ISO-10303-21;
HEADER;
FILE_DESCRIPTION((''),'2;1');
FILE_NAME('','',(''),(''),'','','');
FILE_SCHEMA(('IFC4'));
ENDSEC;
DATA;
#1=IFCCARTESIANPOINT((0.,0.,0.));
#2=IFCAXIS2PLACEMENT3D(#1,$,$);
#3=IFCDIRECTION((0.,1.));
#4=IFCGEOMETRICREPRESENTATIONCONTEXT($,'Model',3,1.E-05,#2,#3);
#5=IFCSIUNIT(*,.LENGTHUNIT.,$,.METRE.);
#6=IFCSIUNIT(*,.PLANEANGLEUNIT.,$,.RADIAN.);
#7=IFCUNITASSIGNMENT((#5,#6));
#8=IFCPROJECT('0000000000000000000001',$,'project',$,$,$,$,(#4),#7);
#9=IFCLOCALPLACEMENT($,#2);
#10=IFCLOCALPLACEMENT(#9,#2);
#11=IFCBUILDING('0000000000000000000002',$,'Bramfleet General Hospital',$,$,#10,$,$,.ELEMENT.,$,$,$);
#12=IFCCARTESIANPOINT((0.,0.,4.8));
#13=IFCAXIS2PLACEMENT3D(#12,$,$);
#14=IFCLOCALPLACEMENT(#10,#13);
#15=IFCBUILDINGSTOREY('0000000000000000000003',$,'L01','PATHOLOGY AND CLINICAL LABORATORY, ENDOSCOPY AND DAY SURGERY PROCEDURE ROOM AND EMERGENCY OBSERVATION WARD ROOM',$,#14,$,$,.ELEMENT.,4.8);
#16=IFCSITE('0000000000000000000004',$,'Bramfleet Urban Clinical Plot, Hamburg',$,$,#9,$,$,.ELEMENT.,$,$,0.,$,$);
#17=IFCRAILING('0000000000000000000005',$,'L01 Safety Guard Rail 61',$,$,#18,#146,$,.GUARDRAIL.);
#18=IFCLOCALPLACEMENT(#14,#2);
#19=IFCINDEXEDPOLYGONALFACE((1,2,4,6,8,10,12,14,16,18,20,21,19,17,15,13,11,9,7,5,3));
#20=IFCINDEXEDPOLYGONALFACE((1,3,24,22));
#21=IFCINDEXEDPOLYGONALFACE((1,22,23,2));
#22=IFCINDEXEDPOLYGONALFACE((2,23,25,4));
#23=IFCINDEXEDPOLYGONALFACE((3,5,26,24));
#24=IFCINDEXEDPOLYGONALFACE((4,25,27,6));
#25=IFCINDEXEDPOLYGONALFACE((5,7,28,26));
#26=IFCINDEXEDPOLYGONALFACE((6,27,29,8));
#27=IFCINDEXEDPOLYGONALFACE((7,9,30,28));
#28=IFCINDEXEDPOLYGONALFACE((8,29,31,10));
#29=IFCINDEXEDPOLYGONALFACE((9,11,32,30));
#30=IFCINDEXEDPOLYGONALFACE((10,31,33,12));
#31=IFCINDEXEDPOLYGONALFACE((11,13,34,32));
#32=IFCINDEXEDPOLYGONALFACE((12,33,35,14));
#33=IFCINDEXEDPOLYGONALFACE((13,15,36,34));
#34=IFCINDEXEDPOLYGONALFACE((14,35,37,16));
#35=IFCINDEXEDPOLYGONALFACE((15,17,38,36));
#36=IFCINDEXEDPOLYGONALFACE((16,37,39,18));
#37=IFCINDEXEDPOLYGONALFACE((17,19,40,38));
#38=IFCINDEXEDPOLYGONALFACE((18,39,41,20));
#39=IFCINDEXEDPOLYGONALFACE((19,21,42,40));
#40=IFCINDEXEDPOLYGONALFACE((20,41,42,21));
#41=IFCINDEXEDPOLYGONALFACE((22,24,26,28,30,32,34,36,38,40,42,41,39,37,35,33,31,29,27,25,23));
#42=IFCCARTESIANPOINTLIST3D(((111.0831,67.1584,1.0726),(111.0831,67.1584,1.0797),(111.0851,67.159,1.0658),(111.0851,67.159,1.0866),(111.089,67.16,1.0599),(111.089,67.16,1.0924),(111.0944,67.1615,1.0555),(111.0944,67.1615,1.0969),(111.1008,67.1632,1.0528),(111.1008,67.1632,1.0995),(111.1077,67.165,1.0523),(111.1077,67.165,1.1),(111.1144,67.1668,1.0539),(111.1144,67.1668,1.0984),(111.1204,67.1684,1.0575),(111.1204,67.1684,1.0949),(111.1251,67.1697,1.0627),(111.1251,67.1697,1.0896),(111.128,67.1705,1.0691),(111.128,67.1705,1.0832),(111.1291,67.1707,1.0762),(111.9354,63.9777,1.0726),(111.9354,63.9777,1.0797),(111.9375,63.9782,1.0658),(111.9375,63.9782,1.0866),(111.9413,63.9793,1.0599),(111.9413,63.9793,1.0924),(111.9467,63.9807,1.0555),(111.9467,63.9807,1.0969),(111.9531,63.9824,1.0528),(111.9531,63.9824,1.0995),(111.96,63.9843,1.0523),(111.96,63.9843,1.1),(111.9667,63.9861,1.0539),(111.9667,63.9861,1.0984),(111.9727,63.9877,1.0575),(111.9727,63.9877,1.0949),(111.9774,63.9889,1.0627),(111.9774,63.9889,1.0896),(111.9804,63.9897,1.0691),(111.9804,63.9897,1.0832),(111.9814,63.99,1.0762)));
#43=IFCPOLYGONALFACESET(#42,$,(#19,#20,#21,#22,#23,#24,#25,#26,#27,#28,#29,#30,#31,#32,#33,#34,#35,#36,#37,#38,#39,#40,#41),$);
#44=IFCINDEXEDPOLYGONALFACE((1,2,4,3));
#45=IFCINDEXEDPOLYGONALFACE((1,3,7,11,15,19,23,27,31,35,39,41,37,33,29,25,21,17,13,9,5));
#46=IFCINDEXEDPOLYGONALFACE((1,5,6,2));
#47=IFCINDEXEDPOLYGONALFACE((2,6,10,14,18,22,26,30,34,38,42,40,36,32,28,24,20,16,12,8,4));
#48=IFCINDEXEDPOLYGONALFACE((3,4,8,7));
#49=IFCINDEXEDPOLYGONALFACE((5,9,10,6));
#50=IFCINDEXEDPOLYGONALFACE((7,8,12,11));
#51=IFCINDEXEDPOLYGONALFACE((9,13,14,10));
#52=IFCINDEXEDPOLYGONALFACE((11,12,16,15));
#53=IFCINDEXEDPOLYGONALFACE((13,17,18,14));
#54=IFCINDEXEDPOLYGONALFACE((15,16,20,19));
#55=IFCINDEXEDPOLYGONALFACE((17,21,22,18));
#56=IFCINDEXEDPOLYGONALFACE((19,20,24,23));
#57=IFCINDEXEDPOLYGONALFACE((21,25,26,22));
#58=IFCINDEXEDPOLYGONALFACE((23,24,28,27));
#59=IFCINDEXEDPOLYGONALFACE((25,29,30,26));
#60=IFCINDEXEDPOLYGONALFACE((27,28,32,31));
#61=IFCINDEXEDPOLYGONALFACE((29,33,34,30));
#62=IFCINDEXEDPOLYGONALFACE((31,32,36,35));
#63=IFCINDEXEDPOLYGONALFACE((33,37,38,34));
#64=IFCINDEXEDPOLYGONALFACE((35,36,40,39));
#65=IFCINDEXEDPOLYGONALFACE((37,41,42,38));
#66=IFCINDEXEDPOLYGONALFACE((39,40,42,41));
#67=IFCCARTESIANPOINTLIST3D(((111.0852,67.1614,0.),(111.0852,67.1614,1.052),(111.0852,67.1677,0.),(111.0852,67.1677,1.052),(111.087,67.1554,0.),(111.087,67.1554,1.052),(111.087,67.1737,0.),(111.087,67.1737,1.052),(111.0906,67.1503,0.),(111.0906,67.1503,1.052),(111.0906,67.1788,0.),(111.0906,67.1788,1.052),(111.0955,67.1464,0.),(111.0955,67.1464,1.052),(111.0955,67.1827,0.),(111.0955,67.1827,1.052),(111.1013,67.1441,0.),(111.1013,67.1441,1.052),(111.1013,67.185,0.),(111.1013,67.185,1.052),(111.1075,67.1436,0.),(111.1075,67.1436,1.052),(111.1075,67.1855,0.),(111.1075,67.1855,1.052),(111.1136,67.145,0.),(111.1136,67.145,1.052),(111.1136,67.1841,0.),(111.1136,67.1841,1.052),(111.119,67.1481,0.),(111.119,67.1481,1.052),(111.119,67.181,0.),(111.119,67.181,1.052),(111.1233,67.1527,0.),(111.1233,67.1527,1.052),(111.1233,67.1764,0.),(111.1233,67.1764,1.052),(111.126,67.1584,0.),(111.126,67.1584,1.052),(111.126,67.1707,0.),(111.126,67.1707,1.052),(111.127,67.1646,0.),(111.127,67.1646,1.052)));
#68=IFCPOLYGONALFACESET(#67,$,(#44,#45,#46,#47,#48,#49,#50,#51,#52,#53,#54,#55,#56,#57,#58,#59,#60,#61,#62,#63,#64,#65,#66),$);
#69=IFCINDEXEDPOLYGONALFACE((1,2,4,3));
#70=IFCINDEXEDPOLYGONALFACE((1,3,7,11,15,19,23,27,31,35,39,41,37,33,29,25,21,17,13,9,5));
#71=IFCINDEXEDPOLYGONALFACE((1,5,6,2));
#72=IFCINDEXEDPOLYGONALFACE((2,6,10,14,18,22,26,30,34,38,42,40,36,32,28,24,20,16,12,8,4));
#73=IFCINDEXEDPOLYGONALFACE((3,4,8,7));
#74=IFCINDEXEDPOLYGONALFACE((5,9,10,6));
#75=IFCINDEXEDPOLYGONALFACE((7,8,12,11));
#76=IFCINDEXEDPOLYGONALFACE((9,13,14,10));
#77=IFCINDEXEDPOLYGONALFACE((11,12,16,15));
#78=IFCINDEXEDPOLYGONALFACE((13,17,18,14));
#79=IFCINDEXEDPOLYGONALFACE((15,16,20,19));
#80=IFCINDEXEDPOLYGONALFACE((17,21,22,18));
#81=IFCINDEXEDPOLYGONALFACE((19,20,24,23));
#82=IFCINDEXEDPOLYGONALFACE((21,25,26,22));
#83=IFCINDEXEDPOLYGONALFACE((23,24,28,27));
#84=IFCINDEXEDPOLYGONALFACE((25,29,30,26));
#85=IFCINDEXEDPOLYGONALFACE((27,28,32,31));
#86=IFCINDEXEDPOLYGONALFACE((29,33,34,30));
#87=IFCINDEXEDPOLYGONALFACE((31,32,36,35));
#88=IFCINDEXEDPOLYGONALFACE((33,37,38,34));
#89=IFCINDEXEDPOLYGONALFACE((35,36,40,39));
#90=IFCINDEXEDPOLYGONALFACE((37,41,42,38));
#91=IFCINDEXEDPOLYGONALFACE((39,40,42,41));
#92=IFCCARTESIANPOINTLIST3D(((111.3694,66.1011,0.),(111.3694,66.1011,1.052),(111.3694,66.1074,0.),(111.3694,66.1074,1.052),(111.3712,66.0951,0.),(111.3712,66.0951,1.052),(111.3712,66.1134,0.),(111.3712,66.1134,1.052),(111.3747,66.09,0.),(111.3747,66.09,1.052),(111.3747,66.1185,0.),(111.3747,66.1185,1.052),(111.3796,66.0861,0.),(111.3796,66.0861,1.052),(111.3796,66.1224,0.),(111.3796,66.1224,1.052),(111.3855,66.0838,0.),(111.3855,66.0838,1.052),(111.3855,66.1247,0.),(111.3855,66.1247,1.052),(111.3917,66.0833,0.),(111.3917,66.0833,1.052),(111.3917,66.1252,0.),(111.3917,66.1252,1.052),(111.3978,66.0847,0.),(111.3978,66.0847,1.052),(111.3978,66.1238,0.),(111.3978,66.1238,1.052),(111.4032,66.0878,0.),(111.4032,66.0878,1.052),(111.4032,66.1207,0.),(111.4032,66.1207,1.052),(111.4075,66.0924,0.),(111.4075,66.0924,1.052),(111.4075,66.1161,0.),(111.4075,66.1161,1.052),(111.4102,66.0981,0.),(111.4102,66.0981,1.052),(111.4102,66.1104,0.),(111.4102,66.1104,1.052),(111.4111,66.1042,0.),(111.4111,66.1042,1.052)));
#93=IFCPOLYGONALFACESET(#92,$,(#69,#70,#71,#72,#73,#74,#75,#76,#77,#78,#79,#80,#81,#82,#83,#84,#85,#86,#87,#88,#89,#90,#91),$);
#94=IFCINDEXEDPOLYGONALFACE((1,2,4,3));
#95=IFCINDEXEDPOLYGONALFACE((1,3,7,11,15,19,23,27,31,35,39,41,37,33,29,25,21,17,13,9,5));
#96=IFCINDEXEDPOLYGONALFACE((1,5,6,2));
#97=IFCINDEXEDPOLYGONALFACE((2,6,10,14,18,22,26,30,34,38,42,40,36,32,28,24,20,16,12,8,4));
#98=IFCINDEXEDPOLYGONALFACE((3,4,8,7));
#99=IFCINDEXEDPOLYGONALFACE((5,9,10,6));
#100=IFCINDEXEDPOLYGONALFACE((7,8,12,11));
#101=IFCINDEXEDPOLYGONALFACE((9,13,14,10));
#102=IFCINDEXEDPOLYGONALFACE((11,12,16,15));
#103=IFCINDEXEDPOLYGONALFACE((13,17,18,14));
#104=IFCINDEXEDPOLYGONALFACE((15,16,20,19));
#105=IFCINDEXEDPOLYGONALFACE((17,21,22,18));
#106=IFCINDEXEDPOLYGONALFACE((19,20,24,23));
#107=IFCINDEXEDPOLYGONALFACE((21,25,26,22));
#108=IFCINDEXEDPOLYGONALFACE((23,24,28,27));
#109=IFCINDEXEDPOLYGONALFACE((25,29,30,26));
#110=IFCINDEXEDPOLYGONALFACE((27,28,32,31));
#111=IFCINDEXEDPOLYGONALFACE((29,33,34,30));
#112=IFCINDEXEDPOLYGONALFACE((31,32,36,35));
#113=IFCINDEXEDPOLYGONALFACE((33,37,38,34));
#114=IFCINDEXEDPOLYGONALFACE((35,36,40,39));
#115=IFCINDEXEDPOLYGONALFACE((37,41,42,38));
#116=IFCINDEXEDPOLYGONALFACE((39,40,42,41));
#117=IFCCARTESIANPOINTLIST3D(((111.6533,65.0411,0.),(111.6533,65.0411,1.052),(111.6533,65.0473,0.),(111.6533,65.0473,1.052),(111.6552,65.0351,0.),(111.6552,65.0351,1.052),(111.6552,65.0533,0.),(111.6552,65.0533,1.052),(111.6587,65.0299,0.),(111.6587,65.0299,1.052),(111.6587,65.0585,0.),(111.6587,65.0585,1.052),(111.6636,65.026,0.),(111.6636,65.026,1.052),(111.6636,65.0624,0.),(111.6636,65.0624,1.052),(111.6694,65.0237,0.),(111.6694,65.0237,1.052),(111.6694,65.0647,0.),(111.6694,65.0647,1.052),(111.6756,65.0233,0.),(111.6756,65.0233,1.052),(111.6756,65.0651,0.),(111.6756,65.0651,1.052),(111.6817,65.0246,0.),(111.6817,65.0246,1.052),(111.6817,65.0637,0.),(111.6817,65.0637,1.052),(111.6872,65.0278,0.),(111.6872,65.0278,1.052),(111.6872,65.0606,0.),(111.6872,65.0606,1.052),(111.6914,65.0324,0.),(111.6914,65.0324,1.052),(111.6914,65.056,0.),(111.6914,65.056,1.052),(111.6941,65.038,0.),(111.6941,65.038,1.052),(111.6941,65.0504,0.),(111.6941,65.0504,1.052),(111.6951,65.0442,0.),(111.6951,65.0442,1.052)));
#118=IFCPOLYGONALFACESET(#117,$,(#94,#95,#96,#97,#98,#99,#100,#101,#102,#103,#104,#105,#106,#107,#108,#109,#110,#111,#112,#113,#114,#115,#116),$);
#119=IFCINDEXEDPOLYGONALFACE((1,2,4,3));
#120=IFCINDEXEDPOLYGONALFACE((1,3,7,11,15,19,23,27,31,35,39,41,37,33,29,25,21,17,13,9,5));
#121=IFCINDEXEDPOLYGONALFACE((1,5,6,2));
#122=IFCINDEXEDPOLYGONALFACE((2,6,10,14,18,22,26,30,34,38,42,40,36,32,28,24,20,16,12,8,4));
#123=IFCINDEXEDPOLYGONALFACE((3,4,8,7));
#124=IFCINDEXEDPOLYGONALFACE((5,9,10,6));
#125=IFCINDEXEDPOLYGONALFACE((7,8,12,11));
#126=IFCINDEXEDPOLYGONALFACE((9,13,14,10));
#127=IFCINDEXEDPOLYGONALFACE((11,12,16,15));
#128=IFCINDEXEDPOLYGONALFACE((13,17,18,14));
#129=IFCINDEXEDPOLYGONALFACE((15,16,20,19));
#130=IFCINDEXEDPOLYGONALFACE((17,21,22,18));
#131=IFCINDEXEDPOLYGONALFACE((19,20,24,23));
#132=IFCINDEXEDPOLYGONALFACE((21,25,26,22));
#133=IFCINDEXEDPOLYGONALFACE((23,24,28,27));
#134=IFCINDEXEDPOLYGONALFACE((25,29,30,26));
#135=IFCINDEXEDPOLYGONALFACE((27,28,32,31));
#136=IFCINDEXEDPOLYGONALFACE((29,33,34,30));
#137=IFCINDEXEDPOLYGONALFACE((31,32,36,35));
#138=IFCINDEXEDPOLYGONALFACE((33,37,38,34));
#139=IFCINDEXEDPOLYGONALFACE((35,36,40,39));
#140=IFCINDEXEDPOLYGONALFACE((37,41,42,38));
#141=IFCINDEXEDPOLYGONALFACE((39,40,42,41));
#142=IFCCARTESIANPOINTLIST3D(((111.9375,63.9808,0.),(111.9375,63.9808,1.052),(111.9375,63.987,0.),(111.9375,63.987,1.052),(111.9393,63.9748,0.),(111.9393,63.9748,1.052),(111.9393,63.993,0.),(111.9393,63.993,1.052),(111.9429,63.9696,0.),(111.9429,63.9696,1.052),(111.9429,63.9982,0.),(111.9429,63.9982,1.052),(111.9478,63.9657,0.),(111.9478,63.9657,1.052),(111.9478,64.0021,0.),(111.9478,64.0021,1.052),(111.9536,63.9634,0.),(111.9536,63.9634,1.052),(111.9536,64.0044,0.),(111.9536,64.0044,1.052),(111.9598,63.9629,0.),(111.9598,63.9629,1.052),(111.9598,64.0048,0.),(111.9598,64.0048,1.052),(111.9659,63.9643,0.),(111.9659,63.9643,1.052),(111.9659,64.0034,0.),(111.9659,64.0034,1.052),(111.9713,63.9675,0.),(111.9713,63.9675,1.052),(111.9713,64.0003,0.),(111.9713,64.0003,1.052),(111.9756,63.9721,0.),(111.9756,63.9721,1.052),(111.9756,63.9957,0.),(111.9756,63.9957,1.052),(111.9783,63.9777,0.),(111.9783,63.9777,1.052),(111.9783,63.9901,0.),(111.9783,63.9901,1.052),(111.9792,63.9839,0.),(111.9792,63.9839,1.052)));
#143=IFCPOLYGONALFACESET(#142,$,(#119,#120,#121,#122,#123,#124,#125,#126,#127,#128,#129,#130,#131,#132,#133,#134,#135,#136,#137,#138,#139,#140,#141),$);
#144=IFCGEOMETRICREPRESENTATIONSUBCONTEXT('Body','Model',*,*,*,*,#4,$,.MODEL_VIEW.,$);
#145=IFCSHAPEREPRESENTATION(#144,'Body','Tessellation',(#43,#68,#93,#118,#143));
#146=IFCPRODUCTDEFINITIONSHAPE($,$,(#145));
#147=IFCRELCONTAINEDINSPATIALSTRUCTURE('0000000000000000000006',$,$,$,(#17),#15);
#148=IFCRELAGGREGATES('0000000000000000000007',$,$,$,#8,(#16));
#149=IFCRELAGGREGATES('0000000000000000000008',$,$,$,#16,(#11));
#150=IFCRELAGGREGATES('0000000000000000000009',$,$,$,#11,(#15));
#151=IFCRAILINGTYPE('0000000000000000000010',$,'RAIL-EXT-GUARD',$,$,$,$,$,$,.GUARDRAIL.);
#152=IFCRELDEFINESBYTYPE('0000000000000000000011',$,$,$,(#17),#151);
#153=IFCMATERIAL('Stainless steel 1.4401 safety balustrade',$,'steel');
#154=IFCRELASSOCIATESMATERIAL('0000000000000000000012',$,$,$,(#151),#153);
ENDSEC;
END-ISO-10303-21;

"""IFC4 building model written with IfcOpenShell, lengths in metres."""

from ifc_helpers import new_model, si_unit, direction, frame, origin, origin_2d, place, context, subcontext, project, spatial, circle, extrude, material, type_object, element, save


model = new_model("IFC4")

# Units and contexts
model_context = context("Model", 3, precision=1e-05, world=origin(), true_north=direction((0.0, 1.0)))
body_context = subcontext(model_context, "Body", "Model", "MODEL_VIEW")
ifc_project = project(units=[si_unit("LENGTHUNIT", "METRE"), si_unit("PLANEANGLEUNIT", "RADIAN")], contexts=[model_context])

# Site, building, storey
site_placement = place(None, origin())
site = spatial("IfcSite", under=ifc_project, at=site_placement, Name="Bramfleet Urban Clinical Plot, Hamburg", CompositionType="ELEMENT", RefElevation=0.0)
building_placement = place(site_placement, origin())
building = spatial("IfcBuilding", under=site, at=building_placement, Name="Bramfleet General Hospital", CompositionType="ELEMENT")
storey_placement = place(building_placement, frame((0.0, 0.0, 4.8)))
storey = spatial("IfcBuildingStorey", under=building, at=storey_placement, Name="L01", Description="PATHOLOGY AND CLINICAL LABORATORY, ENDOSCOPY AND DAY SURGERY PROCEDURE ROOM AND EMERGENCY OBSERVATION WARD ROOM", CompositionType="ELEMENT", Elevation=4.8)

# Railing
ifc_material_1 = material(Name="Stainless steel 1.4401 safety balustrade", Category="steel")
railing_type = type_object("IfcRailingType", Name="RAIL-EXT-GUARD", PredefinedType="GUARDRAIL", material=ifc_material_1)
railing_1_placement = place(storey_placement, frame((111.106, 67.1646, 0.0)))
element("IfcRailing", 1, at=railing_1_placement, inside=storey, type_object=railing_type, Name="L01 Safety Guard Rail 61", PredefinedType="GUARDRAIL", context=body_context, shape_type="SweptSolid", body=[
    extrude(circle(Radius=0.0239, at=origin_2d()), frame((0.0, 0.0, 1.0762), z_axis=(0.25883, -0.965923, 0.0), x_axis=(0.965923, 0.25883, 0.0)), (0.0, 0.0, 1.0), 3.293),
    extrude(circle(Radius=0.021, at=origin_2d()), origin(), (0.0, 0.0, 1.0), 1.052),
    extrude(circle(Radius=0.021, at=origin_2d()), frame((0.2842, -1.0603, 0.0)), (0.0, 0.0, 1.0), 1.052),
    extrude(circle(Radius=0.021, at=origin_2d()), frame((0.5681, -2.1204, 0.0)), (0.0, 0.0, 1.0), 1.052),
    extrude(circle(Radius=0.021, at=origin_2d()), frame((0.8523, -3.1807, 0.0)), (0.0, 0.0, 1.0), 1.052),
])

save(model, "model.ifc")
